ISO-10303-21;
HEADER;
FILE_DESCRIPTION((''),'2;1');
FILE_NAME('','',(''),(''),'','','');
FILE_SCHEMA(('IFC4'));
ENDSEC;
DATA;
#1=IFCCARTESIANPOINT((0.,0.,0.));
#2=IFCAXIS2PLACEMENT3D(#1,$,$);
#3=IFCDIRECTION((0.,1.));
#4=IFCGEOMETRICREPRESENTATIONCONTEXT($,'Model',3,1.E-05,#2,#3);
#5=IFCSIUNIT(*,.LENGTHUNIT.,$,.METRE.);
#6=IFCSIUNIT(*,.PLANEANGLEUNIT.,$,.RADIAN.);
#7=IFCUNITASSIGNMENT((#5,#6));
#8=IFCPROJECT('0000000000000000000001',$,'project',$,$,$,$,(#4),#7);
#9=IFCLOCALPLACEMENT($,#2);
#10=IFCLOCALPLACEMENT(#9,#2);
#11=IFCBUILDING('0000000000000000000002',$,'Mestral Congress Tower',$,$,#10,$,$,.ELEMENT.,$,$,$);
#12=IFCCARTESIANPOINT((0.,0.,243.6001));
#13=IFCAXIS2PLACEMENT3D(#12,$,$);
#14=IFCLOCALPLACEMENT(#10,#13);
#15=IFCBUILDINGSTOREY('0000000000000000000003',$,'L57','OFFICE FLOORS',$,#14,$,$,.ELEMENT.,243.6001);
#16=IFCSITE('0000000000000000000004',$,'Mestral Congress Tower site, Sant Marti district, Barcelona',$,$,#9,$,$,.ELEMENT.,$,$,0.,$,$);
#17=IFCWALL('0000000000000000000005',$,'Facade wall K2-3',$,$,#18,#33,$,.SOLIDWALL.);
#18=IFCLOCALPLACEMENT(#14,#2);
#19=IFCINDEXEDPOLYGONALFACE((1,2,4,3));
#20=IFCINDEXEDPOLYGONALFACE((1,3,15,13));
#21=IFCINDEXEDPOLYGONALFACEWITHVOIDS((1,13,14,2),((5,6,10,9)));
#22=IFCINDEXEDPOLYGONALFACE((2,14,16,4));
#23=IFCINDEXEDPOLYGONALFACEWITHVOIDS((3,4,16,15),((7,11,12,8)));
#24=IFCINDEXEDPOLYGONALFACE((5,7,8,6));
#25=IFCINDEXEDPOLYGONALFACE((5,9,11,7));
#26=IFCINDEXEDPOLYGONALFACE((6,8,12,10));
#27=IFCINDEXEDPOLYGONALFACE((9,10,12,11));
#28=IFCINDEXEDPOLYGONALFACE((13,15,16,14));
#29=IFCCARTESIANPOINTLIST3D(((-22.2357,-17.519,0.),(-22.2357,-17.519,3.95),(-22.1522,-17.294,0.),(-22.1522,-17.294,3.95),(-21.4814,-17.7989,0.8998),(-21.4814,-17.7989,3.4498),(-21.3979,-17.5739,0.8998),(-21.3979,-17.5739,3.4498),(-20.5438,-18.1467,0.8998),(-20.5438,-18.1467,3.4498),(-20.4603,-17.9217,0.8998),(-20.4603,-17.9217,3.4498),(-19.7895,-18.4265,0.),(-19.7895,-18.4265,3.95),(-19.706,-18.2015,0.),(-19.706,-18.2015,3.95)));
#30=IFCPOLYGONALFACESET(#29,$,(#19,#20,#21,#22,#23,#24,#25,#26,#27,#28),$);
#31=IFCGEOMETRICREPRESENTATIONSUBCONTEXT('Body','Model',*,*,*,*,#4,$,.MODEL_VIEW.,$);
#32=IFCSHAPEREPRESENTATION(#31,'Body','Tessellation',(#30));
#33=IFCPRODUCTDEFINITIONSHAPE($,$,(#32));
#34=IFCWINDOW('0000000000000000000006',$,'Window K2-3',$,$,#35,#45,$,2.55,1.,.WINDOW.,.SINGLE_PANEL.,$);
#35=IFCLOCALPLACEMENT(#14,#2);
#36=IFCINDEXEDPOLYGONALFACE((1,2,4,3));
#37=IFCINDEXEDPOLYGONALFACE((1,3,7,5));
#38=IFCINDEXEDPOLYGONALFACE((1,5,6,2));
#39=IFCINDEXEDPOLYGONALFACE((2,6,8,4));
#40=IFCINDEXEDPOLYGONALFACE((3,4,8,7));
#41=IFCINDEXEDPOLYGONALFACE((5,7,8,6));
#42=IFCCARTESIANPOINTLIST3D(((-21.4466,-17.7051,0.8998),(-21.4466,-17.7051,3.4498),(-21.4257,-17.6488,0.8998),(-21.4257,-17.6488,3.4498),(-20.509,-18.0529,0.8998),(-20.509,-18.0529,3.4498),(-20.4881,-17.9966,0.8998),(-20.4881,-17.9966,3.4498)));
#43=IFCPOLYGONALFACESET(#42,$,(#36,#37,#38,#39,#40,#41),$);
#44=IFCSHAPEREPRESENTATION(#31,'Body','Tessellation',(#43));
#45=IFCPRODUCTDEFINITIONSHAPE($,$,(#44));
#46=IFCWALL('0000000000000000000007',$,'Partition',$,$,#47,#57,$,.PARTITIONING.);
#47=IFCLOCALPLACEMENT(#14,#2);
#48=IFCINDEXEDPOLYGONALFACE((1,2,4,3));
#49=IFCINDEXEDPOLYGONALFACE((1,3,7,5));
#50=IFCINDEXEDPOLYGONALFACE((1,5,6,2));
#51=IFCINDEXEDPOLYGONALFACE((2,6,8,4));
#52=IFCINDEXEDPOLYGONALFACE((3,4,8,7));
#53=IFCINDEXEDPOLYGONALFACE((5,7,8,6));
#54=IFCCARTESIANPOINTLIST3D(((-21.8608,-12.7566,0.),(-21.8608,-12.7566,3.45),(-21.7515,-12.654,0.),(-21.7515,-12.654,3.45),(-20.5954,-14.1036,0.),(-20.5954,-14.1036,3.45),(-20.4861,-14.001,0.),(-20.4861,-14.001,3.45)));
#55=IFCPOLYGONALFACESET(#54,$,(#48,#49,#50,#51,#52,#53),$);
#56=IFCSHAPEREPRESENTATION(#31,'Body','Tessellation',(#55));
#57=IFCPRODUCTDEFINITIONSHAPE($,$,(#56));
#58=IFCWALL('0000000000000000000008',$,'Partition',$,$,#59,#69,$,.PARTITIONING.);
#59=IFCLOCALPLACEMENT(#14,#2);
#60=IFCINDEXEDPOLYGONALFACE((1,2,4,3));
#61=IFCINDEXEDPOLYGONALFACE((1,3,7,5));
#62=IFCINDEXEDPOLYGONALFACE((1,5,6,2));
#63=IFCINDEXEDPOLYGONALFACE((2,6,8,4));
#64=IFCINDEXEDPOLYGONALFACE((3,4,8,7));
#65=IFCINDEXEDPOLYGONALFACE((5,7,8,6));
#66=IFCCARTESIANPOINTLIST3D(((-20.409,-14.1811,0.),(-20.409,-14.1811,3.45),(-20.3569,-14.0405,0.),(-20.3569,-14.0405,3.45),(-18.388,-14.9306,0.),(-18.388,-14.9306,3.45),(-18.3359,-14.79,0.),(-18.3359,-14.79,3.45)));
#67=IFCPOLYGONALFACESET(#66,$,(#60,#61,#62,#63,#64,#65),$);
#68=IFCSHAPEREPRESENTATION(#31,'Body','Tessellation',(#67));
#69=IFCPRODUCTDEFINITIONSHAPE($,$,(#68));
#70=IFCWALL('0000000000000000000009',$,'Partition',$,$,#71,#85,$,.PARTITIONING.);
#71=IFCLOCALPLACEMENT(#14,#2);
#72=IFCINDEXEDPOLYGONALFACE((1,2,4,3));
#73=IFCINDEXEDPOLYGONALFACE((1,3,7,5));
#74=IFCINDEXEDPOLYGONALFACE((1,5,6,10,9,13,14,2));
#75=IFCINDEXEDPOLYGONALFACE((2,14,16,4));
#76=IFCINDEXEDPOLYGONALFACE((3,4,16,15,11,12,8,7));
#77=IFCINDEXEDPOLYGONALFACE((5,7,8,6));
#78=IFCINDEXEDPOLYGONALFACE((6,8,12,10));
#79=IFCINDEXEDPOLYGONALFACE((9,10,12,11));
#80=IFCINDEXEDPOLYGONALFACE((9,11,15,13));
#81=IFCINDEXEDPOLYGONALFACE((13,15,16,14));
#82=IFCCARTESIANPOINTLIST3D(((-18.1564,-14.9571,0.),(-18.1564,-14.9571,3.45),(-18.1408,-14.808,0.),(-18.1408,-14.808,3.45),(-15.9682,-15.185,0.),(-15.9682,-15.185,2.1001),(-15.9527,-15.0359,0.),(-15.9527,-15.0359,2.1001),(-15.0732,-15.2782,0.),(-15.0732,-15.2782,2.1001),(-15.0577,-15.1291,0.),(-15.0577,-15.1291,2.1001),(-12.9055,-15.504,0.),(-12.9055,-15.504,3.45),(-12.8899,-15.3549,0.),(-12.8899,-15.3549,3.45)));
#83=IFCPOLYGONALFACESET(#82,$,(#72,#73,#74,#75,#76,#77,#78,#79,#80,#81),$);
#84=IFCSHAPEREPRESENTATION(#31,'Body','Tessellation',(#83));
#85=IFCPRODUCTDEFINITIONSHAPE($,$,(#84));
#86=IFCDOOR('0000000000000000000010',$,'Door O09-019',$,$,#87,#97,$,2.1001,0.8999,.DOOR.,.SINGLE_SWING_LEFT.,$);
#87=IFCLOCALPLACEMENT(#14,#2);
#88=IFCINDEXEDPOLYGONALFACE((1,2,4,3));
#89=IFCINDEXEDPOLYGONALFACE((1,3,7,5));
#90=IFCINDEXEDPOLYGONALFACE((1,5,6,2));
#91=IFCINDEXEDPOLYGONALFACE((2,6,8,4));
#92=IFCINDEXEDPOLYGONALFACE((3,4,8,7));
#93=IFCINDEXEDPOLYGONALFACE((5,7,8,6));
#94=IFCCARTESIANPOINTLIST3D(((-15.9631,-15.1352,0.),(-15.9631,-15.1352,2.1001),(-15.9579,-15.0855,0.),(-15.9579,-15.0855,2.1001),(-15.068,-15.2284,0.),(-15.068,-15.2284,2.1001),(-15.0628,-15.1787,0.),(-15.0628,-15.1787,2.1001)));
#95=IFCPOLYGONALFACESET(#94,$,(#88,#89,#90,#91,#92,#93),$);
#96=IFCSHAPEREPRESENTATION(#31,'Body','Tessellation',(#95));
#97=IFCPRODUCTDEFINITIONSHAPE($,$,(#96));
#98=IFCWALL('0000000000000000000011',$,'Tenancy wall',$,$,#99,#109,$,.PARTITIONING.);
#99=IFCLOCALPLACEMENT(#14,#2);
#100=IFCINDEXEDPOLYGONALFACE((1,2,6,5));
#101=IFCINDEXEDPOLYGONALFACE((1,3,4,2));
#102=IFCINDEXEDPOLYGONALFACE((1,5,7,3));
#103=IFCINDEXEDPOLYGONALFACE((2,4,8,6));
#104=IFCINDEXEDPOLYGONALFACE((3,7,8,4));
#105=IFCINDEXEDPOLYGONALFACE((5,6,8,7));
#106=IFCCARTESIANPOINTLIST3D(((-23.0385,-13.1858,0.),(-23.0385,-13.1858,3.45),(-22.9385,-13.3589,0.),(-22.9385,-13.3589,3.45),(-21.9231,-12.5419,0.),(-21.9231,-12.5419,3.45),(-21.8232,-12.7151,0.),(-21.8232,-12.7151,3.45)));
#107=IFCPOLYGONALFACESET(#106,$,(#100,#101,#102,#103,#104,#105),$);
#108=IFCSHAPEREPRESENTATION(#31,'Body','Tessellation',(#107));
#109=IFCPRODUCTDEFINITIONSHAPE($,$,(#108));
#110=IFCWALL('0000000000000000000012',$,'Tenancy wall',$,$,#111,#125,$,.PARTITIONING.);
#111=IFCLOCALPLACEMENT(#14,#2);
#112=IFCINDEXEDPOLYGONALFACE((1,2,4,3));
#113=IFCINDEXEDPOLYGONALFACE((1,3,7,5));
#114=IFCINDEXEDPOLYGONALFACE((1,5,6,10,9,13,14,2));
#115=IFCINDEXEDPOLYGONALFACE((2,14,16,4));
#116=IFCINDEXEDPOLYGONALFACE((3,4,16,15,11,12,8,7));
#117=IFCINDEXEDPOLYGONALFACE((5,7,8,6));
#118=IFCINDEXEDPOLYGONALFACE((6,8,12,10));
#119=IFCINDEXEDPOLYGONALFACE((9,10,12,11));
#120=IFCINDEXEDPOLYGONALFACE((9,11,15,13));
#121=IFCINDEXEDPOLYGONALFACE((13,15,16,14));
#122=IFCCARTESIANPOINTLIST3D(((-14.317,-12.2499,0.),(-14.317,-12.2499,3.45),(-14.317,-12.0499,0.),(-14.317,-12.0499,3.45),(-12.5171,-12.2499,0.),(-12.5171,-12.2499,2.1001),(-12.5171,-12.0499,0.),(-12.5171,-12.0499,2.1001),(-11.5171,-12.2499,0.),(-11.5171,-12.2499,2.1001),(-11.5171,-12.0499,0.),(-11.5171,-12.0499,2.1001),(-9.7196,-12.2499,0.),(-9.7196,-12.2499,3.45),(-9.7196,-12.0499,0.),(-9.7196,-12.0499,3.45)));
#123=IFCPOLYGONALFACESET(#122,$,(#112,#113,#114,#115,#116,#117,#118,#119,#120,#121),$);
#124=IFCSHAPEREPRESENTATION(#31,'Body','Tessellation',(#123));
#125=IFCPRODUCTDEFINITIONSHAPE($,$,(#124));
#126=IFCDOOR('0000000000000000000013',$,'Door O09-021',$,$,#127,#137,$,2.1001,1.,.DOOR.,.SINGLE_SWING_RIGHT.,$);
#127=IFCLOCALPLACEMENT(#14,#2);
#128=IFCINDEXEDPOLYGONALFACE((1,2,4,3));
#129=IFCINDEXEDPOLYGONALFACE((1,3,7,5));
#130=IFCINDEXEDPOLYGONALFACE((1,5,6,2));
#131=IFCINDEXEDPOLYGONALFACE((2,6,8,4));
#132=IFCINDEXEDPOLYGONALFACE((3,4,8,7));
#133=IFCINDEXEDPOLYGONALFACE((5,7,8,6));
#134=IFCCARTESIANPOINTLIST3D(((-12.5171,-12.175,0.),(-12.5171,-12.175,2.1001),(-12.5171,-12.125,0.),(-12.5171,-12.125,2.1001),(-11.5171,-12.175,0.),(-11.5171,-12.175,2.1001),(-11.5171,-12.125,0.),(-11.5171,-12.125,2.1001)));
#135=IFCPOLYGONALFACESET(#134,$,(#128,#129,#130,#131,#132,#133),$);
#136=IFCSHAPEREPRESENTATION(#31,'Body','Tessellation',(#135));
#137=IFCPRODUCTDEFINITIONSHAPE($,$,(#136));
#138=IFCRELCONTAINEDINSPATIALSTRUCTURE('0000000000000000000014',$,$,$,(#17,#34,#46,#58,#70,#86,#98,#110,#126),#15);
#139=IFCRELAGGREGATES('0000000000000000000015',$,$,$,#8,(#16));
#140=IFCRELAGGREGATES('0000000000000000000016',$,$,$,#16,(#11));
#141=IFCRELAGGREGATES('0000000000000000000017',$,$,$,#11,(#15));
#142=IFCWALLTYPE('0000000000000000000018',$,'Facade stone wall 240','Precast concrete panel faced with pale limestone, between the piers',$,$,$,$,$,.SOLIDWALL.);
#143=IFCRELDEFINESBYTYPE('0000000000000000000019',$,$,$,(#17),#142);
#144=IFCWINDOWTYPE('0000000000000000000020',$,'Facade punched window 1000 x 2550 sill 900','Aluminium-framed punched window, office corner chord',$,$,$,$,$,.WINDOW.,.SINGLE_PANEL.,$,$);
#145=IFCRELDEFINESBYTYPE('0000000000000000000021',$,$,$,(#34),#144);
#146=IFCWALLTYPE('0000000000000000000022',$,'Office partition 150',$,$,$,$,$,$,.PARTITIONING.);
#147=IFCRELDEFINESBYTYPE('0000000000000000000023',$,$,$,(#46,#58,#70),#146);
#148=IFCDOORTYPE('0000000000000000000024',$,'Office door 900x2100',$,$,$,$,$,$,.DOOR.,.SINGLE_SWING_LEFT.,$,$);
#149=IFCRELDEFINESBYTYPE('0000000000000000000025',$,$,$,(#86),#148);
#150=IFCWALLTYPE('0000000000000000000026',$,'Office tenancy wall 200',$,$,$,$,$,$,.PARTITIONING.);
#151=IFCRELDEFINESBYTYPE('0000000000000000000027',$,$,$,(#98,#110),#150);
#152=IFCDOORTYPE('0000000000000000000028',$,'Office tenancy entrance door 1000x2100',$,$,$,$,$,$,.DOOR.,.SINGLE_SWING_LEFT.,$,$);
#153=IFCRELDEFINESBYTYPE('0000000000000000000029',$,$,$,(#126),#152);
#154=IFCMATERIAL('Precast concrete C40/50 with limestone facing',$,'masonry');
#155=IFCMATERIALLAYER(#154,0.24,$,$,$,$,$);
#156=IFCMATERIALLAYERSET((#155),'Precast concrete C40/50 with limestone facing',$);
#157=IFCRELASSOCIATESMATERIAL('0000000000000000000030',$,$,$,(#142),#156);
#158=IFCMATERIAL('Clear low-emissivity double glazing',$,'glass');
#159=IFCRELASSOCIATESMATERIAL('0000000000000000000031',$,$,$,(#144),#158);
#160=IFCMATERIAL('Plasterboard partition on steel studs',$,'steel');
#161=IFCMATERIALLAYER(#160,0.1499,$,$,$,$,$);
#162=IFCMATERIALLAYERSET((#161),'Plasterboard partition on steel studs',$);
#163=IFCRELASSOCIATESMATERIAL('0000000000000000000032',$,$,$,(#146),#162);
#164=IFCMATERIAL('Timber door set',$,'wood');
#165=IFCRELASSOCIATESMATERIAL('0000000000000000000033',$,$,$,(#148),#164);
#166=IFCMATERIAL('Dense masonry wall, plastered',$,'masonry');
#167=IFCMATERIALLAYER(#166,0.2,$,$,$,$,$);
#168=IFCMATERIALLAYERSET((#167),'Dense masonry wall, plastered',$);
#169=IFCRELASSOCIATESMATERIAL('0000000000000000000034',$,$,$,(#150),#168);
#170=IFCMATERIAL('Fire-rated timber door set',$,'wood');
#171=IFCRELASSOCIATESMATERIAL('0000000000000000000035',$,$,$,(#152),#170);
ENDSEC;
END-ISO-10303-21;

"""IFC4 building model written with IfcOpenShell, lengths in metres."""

from ifc_helpers import new_model, si_unit, direction, frame, frame_2d, origin, place, context, subcontext, project, spatial, rectangle, extrude, material, layer, layer_set, type_object, element, fill, save


model = new_model("IFC4")

# Units and contexts
model_context = context("Model", 3, precision=1e-05, world=origin(), true_north=direction((0.0, 1.0)))
body_context = subcontext(model_context, "Body", "Model", "MODEL_VIEW")
ifc_project = project(units=[si_unit("LENGTHUNIT", "METRE"), si_unit("PLANEANGLEUNIT", "RADIAN")], contexts=[model_context])

# Site, building, storey
site_placement = place(None, origin())
site = spatial("IfcSite", under=ifc_project, at=site_placement, Name="Mestral Congress Tower site, Sant Marti district, Barcelona", CompositionType="ELEMENT", RefElevation=0.0)
building_placement = place(site_placement, origin())
building = spatial("IfcBuilding", under=site, at=building_placement, Name="Mestral Congress Tower", CompositionType="ELEMENT")
storey_placement = place(building_placement, frame((0.0, 0.0, 243.6001)))
storey = spatial("IfcBuildingStorey", under=building, at=storey_placement, Name="L57", Description="OFFICE FLOORS", CompositionType="ELEMENT", Elevation=243.6001)

# Shared definitions
ifc_material_1 = material(Name="Precast concrete C40/50 with limestone facing", Category="masonry")
ifc_layer_1 = layer(ifc_material_1, 0.24)
ifc_layer_set_1 = layer_set([ifc_layer_1], Name="Precast concrete C40/50 with limestone facing")
wall_type_1 = type_object("IfcWallType", Name="Facade stone wall 240", Description="Precast concrete panel faced with pale limestone, between the piers", PredefinedType="SOLIDWALL", material=ifc_layer_set_1)
ifc_material_2 = material(Name="Clear low-emissivity double glazing", Category="glass")

# Wall, opening, window
window_type_1 = type_object("IfcWindowType", Name="Facade punched window 1000 x 2550 sill 900", Description="Aluminium-framed punched window, office corner chord", PartitioningType="SINGLE_PANEL", PredefinedType="WINDOW", material=ifc_material_2)
wall_1_placement = place(storey_placement, frame((-22.1941, -17.4065, 0.0), z_axis=(0.0, 0.0, 1.0), x_axis=(0.937569, -0.347799, 0.0)))
wall_1 = element("IfcWall", 1, at=wall_1_placement, inside=storey, type_object=wall_type_1, Name="Facade wall K2-3", PredefinedType="SOLIDWALL", context=body_context, shape_type="SweptSolid", body=[
    extrude(rectangle(XDim=2.6091, YDim=0.24, at=frame_2d((1.3047, 0.0))), origin(), (0.0, 0.0, 1.0), 3.95),
])
opening_1_placement = place(wall_1_placement, frame((0.8047, 0.0, 0.8999)))
opening_1 = element("IfcOpeningElement", 2, at=opening_1_placement, cuts=wall_1, PredefinedType="OPENING", context=body_context, shape_type="SweptSolid", body=[
    extrude(rectangle(XDim=1.0, YDim=2.55, at=frame_2d((0.5, 1.2749))), frame((0.0, 0.1299, 0.0), z_axis=(0.0, -1.0, 0.0), x_axis=(1.0, 0.0, 0.0)), (0.0, 0.0, 1.0), 0.26),
])
window_1_placement = place(opening_1_placement, origin())
window_1 = element("IfcWindow", 3, at=window_1_placement, inside=storey, type_object=window_type_1, Name="Window K2-3", OverallHeight=2.55, OverallWidth=1.0, PartitioningType="SINGLE_PANEL", PredefinedType="WINDOW", context=body_context, shape_type="SweptSolid", body=[
    extrude(rectangle(XDim=1.0, YDim=2.55, at=frame_2d((0.5, 1.2749))), frame((0.0, 0.04, 0.0), z_axis=(0.0, -1.0, 0.0), x_axis=(1.0, 0.0, 0.0)), (0.0, 0.0, 1.0), 0.0601),
])
fill(opening_1, window_1)

# Walls
ifc_material_3 = material(Name="Plasterboard partition on steel studs", Category="steel")
ifc_layer_2 = layer(ifc_material_3, 0.1499)
ifc_layer_set_2 = layer_set([ifc_layer_2], Name="Plasterboard partition on steel studs")
wall_type_2 = type_object("IfcWallType", Name="Office partition 150", PredefinedType="PARTITIONING", material=ifc_layer_set_2)
wall_2_placement = place(storey_placement, frame((-21.8062, -12.7053, 0.0), z_axis=(0.0, 0.0, 1.0), x_axis=(0.684701, -0.728824, 0.0)))
element("IfcWall", 4, at=wall_2_placement, inside=storey, type_object=wall_type_2, Name="Partition", PredefinedType="PARTITIONING", context=body_context, shape_type="SweptSolid", body=[
    extrude(rectangle(XDim=1.8481, YDim=0.1499, at=frame_2d((0.9241, 0.0))), origin(), (0.0, 0.0, 1.0), 3.45),
])
wall_3_placement = place(storey_placement, frame((-20.3828, -14.1108, 0.0), z_axis=(0.0, 0.0, 1.0), x_axis=(0.937598, -0.34772, 0.0)))
element("IfcWall", 5, at=wall_3_placement, inside=storey, type_object=wall_type_2, Name="Partition", PredefinedType="PARTITIONING", context=body_context, shape_type="SweptSolid", body=[
    extrude(rectangle(XDim=2.1555, YDim=0.1499, at=frame_2d((1.0776, 0.0))), origin(), (0.0, 0.0, 1.0), 3.45),
])

# Wall, opening, door
wall_4_placement = place(storey_placement, frame((-12.8977, -15.4294, 0.0), z_axis=(0.0, 0.0, 1.0), x_axis=(-0.99462, 0.103587, 0.0)))
wall_4 = element("IfcWall", 6, at=wall_4_placement, inside=storey, type_object=wall_type_2, Name="Partition", PredefinedType="PARTITIONING", context=body_context, shape_type="SweptSolid", body=[
    extrude(rectangle(XDim=5.2793, YDim=0.1499, at=frame_2d((2.6396, 0.0))), origin(), (0.0, 0.0, 1.0), 3.45),
])
opening_2_placement = place(wall_4_placement, frame((2.1794, 0.0, 0.0)))
opening_2 = element("IfcOpeningElement", 7, at=opening_2_placement, cuts=wall_4, PredefinedType="OPENING", context=body_context, shape_type="SweptSolid", body=[
    extrude(rectangle(XDim=0.8999, YDim=2.1001, at=frame_2d((0.45, 1.05))), frame((0.0, 0.085, 0.0), z_axis=(0.0, -1.0, 0.0), x_axis=(1.0, 0.0, 0.0)), (0.0, 0.0, 1.0), 0.1699),
])
ifc_material_4 = material(Name="Timber door set", Category="wood")
door_type_1 = type_object("IfcDoorType", Name="Office door 900x2100", OperationType="SINGLE_SWING_LEFT", PredefinedType="DOOR", material=ifc_material_4)
door_1_placement = place(opening_2_placement, origin())
door_1 = element("IfcDoor", 8, at=door_1_placement, inside=storey, type_object=door_type_1, Name="Door O09-019", OperationType="SINGLE_SWING_LEFT", OverallHeight=2.1001, OverallWidth=0.8999, PredefinedType="DOOR", context=body_context, shape_type="SweptSolid", body=[
    extrude(rectangle(XDim=0.8999, YDim=2.1001, at=frame_2d((0.45, 1.05))), frame((0.0, 0.0249, 0.0), z_axis=(0.0, -1.0, 0.0), x_axis=(1.0, 0.0, 0.0)), (0.0, 0.0, 1.0), 0.05),
])
fill(opening_2, door_1)

# Wall
ifc_material_5 = material(Name="Dense masonry wall, plastered", Category="masonry")
ifc_layer_3 = layer(ifc_material_5, 0.2)
ifc_layer_set_3 = layer_set([ifc_layer_3], Name="Dense masonry wall, plastered")
wall_type_3 = type_object("IfcWallType", Name="Office tenancy wall 200", PredefinedType="PARTITIONING", material=ifc_layer_set_3)
wall_5_placement = place(storey_placement, frame((-21.873, -12.6284, 0.0), z_axis=(0.0, 0.0, 1.0), x_axis=(-0.866053, -0.499952, 0.0)))
element("IfcWall", 9, at=wall_5_placement, inside=storey, type_object=wall_type_3, Name="Tenancy wall", PredefinedType="PARTITIONING", context=body_context, shape_type="SweptSolid", body=[
    extrude(rectangle(XDim=1.2878, YDim=0.2, at=frame_2d((0.644, 0.0))), origin(), (0.0, 0.0, 1.0), 3.45),
])

# Wall, opening, door
wall_6_placement = place(storey_placement, frame((-14.3171, -12.1499, 0.0), z_axis=(0.0, 0.0, 1.0), x_axis=(1.0, 0.0, 0.0)))
wall_6 = element("IfcWall", 10, at=wall_6_placement, inside=storey, type_object=wall_type_3, Name="Tenancy wall", PredefinedType="PARTITIONING", context=body_context, shape_type="SweptSolid", body=[
    extrude(rectangle(XDim=4.5974, YDim=0.2, at=frame_2d((2.2988, 0.0))), origin(), (0.0, 0.0, 1.0), 3.45),
])
opening_3_placement = place(wall_6_placement, frame((1.8, 0.0, 0.0)))
opening_3 = element("IfcOpeningElement", 11, at=opening_3_placement, cuts=wall_6, PredefinedType="OPENING", context=body_context, shape_type="SweptSolid", body=[
    extrude(rectangle(XDim=1.0, YDim=2.1001, at=frame_2d((0.5, 1.05))), frame((0.0, 0.1099, 0.0), z_axis=(0.0, -1.0, 0.0), x_axis=(1.0, 0.0, 0.0)), (0.0, 0.0, 1.0), 0.22),
])
ifc_material_6 = material(Name="Fire-rated timber door set", Category="wood")
door_type_2 = type_object("IfcDoorType", Name="Office tenancy entrance door 1000x2100", OperationType="SINGLE_SWING_LEFT", PredefinedType="DOOR", material=ifc_material_6)
door_2_placement = place(opening_3_placement, origin())
door_2 = element("IfcDoor", 12, at=door_2_placement, inside=storey, type_object=door_type_2, Name="Door O09-021", OperationType="SINGLE_SWING_RIGHT", OverallHeight=2.1001, OverallWidth=1.0, PredefinedType="DOOR", context=body_context, shape_type="SweptSolid", body=[
    extrude(rectangle(XDim=1.0, YDim=2.1001, at=frame_2d((0.5, 1.05))), frame((0.0, 0.0249, 0.0), z_axis=(0.0, -1.0, 0.0), x_axis=(1.0, 0.0, 0.0)), (0.0, 0.0, 1.0), 0.05),
])
fill(opening_3, door_2)

save(model, "model.ifc")
